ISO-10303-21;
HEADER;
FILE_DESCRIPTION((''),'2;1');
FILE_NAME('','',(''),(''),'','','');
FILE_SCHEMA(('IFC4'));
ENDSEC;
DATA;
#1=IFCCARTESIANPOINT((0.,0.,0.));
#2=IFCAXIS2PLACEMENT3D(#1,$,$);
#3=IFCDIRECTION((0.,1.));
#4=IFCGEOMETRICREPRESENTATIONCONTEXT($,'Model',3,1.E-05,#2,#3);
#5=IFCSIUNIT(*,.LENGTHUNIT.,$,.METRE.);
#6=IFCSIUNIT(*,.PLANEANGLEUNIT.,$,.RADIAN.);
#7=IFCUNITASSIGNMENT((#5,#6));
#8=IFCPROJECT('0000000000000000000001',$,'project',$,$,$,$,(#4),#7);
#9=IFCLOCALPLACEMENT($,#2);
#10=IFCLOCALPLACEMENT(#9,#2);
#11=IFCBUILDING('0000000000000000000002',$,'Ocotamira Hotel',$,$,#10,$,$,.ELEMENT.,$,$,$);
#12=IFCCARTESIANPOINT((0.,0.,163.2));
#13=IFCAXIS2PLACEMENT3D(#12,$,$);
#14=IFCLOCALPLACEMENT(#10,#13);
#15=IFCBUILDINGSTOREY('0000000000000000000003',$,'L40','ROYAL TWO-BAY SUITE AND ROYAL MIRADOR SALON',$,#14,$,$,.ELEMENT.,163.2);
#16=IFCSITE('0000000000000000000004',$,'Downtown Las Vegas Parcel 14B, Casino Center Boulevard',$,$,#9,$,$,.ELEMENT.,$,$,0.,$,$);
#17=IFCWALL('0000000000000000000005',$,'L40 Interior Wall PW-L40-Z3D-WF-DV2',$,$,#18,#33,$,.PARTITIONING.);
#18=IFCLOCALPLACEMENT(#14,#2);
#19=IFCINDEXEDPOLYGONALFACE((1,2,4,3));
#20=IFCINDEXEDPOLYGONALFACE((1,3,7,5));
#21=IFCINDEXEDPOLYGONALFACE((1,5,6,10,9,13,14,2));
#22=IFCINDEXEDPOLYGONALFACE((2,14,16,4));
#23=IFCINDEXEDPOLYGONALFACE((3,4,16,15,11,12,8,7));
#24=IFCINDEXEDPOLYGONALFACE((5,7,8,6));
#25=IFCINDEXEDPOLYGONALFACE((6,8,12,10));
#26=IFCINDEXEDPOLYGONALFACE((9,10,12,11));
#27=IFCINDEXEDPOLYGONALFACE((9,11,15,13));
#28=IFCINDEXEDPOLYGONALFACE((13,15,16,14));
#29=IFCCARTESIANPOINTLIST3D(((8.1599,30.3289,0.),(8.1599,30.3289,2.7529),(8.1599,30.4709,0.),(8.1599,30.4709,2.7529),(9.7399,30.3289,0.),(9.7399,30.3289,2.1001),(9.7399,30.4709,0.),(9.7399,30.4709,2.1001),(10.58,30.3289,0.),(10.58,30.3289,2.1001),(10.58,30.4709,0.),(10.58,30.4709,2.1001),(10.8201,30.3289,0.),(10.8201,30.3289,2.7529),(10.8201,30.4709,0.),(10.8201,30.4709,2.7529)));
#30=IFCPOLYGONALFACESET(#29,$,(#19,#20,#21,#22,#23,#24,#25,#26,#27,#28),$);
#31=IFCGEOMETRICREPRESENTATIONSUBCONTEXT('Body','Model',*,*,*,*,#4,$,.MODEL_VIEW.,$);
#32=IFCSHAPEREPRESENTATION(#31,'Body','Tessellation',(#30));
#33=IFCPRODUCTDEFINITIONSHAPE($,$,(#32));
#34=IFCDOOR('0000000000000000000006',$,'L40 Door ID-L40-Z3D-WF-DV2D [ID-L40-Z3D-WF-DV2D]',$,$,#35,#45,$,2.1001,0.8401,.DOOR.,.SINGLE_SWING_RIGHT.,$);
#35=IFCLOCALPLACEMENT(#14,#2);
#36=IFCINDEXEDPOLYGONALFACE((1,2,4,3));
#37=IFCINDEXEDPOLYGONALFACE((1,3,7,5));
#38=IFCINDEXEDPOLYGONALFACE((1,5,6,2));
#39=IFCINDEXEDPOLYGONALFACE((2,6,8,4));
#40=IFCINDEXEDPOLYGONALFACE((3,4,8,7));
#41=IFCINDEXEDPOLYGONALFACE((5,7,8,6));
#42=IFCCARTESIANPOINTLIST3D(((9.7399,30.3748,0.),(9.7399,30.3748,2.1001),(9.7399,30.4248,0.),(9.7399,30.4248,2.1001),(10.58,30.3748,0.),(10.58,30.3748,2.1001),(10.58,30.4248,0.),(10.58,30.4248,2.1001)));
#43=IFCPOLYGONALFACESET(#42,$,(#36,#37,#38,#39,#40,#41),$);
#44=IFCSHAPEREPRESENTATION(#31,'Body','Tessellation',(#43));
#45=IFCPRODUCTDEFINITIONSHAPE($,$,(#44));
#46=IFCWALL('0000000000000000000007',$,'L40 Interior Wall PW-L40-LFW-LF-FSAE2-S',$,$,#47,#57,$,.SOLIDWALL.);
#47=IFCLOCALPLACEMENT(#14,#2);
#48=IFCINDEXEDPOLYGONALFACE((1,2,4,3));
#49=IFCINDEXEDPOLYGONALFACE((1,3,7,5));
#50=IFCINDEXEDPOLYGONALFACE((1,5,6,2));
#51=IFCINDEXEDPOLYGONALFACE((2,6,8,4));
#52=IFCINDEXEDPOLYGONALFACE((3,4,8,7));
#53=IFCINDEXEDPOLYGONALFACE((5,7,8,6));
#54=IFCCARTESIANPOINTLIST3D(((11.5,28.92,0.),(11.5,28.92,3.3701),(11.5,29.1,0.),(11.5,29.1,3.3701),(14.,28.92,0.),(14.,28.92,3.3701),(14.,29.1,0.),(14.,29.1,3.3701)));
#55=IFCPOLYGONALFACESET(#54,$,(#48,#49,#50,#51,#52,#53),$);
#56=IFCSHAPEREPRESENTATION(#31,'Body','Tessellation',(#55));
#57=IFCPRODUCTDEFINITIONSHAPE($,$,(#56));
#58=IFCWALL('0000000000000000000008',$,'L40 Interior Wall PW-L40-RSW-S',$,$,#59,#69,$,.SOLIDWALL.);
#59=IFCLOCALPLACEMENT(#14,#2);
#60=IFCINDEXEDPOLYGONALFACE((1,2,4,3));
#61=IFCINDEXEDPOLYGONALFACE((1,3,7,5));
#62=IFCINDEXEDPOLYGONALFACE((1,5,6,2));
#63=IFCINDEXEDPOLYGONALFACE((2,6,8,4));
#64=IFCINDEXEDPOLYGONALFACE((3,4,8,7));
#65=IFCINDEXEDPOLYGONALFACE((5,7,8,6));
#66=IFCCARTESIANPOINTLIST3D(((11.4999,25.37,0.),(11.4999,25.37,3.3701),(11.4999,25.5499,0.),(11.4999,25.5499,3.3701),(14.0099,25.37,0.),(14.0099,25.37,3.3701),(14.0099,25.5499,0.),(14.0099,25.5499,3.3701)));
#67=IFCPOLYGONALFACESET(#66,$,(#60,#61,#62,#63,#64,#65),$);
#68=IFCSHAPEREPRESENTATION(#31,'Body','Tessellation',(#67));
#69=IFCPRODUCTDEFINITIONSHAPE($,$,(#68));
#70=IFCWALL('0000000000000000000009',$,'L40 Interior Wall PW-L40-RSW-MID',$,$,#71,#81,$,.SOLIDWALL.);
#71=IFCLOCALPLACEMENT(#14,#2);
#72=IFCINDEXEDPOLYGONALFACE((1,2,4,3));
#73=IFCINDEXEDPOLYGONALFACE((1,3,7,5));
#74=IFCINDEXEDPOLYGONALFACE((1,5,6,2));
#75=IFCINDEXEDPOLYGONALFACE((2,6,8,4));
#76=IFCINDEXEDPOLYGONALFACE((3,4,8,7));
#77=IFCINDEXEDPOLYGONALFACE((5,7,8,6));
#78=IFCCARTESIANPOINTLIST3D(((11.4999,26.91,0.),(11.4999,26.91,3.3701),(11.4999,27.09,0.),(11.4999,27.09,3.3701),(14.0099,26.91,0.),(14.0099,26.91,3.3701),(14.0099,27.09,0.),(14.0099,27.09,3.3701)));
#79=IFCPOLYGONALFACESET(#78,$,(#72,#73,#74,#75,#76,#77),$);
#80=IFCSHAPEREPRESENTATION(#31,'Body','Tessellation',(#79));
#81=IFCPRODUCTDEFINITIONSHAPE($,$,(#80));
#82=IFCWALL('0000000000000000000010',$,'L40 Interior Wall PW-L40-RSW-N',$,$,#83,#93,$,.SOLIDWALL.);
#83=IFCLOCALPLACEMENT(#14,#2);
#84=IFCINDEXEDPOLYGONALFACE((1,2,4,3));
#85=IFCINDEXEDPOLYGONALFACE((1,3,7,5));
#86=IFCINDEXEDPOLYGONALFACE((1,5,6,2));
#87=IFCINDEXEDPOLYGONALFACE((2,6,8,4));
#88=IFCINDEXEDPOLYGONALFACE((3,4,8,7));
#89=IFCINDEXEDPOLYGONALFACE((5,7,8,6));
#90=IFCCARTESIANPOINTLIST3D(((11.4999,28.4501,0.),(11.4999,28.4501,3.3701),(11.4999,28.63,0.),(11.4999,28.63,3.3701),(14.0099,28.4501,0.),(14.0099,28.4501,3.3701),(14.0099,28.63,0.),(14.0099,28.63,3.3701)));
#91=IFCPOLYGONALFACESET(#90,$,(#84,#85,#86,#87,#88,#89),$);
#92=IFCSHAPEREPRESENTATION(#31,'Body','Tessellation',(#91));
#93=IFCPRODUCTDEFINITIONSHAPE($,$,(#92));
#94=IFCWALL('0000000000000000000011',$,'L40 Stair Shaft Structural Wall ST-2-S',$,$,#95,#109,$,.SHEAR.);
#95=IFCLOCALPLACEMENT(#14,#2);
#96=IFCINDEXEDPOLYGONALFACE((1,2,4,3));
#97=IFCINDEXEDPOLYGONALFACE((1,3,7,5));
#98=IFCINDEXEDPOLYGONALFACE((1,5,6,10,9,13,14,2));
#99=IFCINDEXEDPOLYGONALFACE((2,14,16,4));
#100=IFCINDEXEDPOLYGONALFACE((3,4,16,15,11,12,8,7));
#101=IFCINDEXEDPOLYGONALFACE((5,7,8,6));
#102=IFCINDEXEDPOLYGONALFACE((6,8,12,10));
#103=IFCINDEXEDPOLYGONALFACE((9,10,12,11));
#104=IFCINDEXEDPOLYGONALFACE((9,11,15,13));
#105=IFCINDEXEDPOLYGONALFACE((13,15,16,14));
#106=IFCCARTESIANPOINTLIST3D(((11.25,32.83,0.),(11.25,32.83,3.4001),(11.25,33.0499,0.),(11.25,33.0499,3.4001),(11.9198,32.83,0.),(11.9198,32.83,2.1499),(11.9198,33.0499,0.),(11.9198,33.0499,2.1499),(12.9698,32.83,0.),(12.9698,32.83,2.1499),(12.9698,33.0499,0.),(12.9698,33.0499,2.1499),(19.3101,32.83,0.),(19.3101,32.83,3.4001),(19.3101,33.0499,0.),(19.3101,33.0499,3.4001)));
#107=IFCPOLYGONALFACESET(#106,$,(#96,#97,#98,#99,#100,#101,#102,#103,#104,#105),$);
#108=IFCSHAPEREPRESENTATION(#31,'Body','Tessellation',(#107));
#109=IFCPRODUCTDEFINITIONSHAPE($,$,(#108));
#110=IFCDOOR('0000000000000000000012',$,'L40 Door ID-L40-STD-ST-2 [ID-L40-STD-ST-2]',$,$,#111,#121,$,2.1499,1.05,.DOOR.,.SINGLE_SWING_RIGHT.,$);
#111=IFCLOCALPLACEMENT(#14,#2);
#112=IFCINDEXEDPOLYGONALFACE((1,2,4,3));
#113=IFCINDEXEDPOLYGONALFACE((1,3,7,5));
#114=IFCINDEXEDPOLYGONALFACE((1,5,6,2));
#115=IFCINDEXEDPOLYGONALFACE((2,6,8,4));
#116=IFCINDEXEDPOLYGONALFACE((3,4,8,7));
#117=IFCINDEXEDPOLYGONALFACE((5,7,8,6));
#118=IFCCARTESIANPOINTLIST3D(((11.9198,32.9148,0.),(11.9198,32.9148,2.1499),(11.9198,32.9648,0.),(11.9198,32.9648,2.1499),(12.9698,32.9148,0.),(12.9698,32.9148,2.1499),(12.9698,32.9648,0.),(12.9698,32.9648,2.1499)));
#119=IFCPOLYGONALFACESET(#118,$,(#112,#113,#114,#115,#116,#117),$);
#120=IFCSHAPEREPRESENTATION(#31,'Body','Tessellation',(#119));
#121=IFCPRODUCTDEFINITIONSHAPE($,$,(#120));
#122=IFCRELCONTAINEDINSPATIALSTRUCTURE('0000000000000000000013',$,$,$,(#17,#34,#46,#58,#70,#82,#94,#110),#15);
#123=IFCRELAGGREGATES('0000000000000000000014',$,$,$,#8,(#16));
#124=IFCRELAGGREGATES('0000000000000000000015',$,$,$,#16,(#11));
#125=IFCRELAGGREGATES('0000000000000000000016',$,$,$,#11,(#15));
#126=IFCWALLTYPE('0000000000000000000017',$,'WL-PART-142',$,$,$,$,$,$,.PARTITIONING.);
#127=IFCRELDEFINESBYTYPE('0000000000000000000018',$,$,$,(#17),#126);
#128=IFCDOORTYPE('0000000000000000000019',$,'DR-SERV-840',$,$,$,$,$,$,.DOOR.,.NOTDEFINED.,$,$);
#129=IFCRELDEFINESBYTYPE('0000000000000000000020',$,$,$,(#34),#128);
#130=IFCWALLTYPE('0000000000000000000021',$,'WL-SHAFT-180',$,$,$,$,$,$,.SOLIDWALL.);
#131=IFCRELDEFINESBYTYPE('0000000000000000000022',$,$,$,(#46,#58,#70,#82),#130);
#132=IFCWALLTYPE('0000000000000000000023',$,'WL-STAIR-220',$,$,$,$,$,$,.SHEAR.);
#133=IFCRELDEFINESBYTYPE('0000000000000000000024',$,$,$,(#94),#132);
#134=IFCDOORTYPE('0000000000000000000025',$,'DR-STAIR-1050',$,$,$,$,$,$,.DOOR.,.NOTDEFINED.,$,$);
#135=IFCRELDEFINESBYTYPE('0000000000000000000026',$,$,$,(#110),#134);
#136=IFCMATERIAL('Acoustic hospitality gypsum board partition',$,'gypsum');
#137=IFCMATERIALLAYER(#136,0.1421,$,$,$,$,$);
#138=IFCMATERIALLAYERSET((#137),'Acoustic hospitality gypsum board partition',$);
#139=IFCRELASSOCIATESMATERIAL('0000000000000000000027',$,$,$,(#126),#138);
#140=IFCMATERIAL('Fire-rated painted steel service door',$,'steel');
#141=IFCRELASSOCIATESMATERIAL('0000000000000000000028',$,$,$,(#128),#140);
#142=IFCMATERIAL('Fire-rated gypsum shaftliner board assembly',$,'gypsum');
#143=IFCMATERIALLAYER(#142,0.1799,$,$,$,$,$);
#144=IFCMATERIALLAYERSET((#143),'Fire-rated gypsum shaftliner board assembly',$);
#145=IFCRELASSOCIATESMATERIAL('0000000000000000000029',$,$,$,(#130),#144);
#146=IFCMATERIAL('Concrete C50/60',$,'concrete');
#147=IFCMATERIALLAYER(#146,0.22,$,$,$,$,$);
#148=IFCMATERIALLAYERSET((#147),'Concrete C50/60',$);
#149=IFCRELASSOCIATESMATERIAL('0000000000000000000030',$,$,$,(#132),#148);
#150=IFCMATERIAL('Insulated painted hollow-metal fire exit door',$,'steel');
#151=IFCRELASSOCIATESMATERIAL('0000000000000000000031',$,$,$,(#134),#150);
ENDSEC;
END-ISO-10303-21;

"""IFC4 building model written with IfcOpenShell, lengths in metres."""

from ifc_helpers import new_model, si_unit, direction, frame, frame_2d, origin, place, context, subcontext, project, spatial, rectangle, extrude, source, transform, mapped, material, layer, layer_set, type_object, element, fill, save


model = new_model("IFC4")

# Units and contexts
model_context = context("Model", 3, precision=1e-05, world=origin(), true_north=direction((0.0, 1.0)))
body_context = subcontext(model_context, "Body", "Model", "MODEL_VIEW")
ifc_project = project(units=[si_unit("LENGTHUNIT", "METRE"), si_unit("PLANEANGLEUNIT", "RADIAN")], contexts=[model_context])

# Site, building, storey
site_placement = place(None, origin())
site = spatial("IfcSite", under=ifc_project, at=site_placement, Name="Downtown Las Vegas Parcel 14B, Casino Center Boulevard", CompositionType="ELEMENT", RefElevation=0.0)
building_placement = place(site_placement, origin())
building = spatial("IfcBuilding", under=site, at=building_placement, Name="Ocotamira Hotel", CompositionType="ELEMENT")
storey_placement = place(building_placement, frame((0.0, 0.0, 163.2)))
storey = spatial("IfcBuildingStorey", under=building, at=storey_placement, Name="L40", Description="ROYAL TWO-BAY SUITE AND ROYAL MIRADOR SALON", CompositionType="ELEMENT", Elevation=163.2)

# Wall, opening, door
ifc_material_1 = material(Name="Acoustic hospitality gypsum board partition", Category="gypsum")
ifc_layer_1 = layer(ifc_material_1, 0.1421)
ifc_layer_set_1 = layer_set([ifc_layer_1], Name="Acoustic hospitality gypsum board partition")
wall_type_1 = type_object("IfcWallType", Name="WL-PART-142", PredefinedType="PARTITIONING", material=ifc_layer_set_1)
wall_1_placement = place(storey_placement, frame((8.1599, 30.3999, 0.0), z_axis=(0.0, 0.0, 1.0), x_axis=(1.0, 0.0, 0.0)))
wall_1 = element("IfcWall", 1, at=wall_1_placement, inside=storey, type_object=wall_type_1, Name="L40 Interior Wall PW-L40-Z3D-WF-DV2", PredefinedType="PARTITIONING", context=body_context, shape_type="SweptSolid", body=[
    extrude(rectangle(XDim=2.6602, YDim=0.1421, at=frame_2d((1.3301, 0.0))), origin(), (0.0, 0.0, 1.0), 2.7529),
])
opening_1_placement = place(wall_1_placement, frame((1.5801, 0.0, 0.0)))
opening_1 = element("IfcOpeningElement", 2, at=opening_1_placement, cuts=wall_1, PredefinedType="OPENING", context=body_context, shape_type="SweptSolid", body=[
    extrude(rectangle(XDim=0.8401, YDim=2.1001, at=frame_2d((0.4199, 1.05))), frame((0.0, 0.0811, 0.0), z_axis=(0.0, -1.0, 0.0), x_axis=(1.0, 0.0, 0.0)), (0.0, 0.0, 1.0), 0.1621),
])
ifc_material_2 = material(Name="Fire-rated painted steel service door", Category="steel")
door_type_1 = type_object("IfcDoorType", Name="DR-SERV-840", OperationType="NOTDEFINED", PredefinedType="DOOR", material=ifc_material_2)
shared_shape_1 = source(origin(), body_context, "Body", "SweptSolid", [
    extrude(rectangle(XDim=0.8401, YDim=2.1001, at=frame_2d((0.4199, 1.05))), frame((0.0, 0.0249, 0.0), z_axis=(0.0, -1.0, 0.0), x_axis=(1.0, 0.0, 0.0)), (0.0, 0.0, 1.0), 0.05),
])
door_1_placement = place(opening_1_placement, origin())
door_1 = element("IfcDoor", 3, at=door_1_placement, inside=storey, type_object=door_type_1, Name="L40 Door ID-L40-Z3D-WF-DV2D [ID-L40-Z3D-WF-DV2D]", OperationType="SINGLE_SWING_RIGHT", OverallHeight=2.1001, OverallWidth=0.8401, PredefinedType="DOOR", context=body_context, shape_type="MappedRepresentation", body=[
    mapped(shared_shape_1, transform((0.0, 0.0, 0.0), scale=1.0)),
])
fill(opening_1, door_1)

# Walls
ifc_material_3 = material(Name="Fire-rated gypsum shaftliner board assembly", Category="gypsum")
ifc_layer_2 = layer(ifc_material_3, 0.1799)
ifc_layer_set_2 = layer_set([ifc_layer_2], Name="Fire-rated gypsum shaftliner board assembly")
wall_type_2 = type_object("IfcWallType", Name="WL-SHAFT-180", PredefinedType="SOLIDWALL", material=ifc_layer_set_2)
wall_2_placement = place(storey_placement, frame((11.5, 29.01, 0.0), z_axis=(0.0, 0.0, 1.0), x_axis=(1.0, 0.0, 0.0)))
element("IfcWall", 4, at=wall_2_placement, inside=storey, type_object=wall_type_2, Name="L40 Interior Wall PW-L40-LFW-LF-FSAE2-S", PredefinedType="SOLIDWALL", context=body_context, shape_type="SweptSolid", body=[
    extrude(rectangle(XDim=2.5, YDim=0.1799, at=frame_2d((1.25, 0.0))), origin(), (0.0, 0.0, 1.0), 3.3701),
])
for number, where, z_axis, x_axis, name in (
    (5, (11.5, 25.46, 0.0), (0.0, 0.0, 1.0), (1.0, 0.0, 0.0), "L40 Interior Wall PW-L40-RSW-S"),
    (6, (11.5, 27.0, 0.0), (0.0, 0.0, 1.0), (1.0, 0.0, 0.0), "L40 Interior Wall PW-L40-RSW-MID"),
    (7, (11.5, 28.54, 0.0), (0.0, 0.0, 1.0), (1.0, 0.0, 0.0), "L40 Interior Wall PW-L40-RSW-N"),
):
    element("IfcWall", number, at=place(storey_placement, frame(where, z_axis=z_axis, x_axis=x_axis)), inside=storey, type_object=wall_type_2, Name=name, PredefinedType="SOLIDWALL", context=body_context, shape_type="SweptSolid", body=[
        extrude(rectangle(XDim=2.51, YDim=0.1799, at=frame_2d((1.2549, 0.0))), origin(), (0.0, 0.0, 1.0), 3.3701),
    ])

# Wall, opening, door
ifc_material_4 = material(Name="Concrete C50/60", Category="concrete")
ifc_layer_3 = layer(ifc_material_4, 0.22)
ifc_layer_set_3 = layer_set([ifc_layer_3], Name="Concrete C50/60")
wall_type_3 = type_object("IfcWallType", Name="WL-STAIR-220", PredefinedType="SHEAR", material=ifc_layer_set_3)
wall_3_placement = place(storey_placement, frame((11.25, 32.9399, 0.0), z_axis=(0.0, 0.0, 1.0), x_axis=(1.0, 0.0, 0.0)))
wall_3 = element("IfcWall", 8, at=wall_3_placement, inside=storey, type_object=wall_type_3, Name="L40 Stair Shaft Structural Wall ST-2-S", PredefinedType="SHEAR", context=body_context, shape_type="SweptSolid", body=[
    extrude(rectangle(XDim=8.0601, YDim=0.22, at=frame_2d((4.03, 0.0))), origin(), (0.0, 0.0, 1.0), 3.4001),
])
opening_2_placement = place(wall_3_placement, frame((0.6699, 0.0, 0.0)))
opening_2 = element("IfcOpeningElement", 9, at=opening_2_placement, cuts=wall_3, PredefinedType="OPENING", context=body_context, shape_type="SweptSolid", body=[
    extrude(rectangle(XDim=1.05, YDim=2.1499, at=frame_2d((0.5249, 1.075))), frame((0.0, 0.1201, 0.0), z_axis=(0.0, -1.0, 0.0), x_axis=(1.0, 0.0, 0.0)), (0.0, 0.0, 1.0), 0.24),
])
ifc_material_5 = material(Name="Insulated painted hollow-metal fire exit door", Category="steel")
door_type_2 = type_object("IfcDoorType", Name="DR-STAIR-1050", OperationType="NOTDEFINED", PredefinedType="DOOR", material=ifc_material_5)
shared_shape_2 = source(origin(), body_context, "Body", "SweptSolid", [
    extrude(rectangle(XDim=1.05, YDim=2.1499, at=frame_2d((0.5249, 1.075))), frame((0.0, 0.0249, 0.0), z_axis=(0.0, -1.0, 0.0), x_axis=(1.0, 0.0, 0.0)), (0.0, 0.0, 1.0), 0.05),
])
door_2_placement = place(opening_2_placement, origin())
door_2 = element("IfcDoor", 10, at=door_2_placement, inside=storey, type_object=door_type_2, Name="L40 Door ID-L40-STD-ST-2 [ID-L40-STD-ST-2]", OperationType="SINGLE_SWING_RIGHT", OverallHeight=2.1499, OverallWidth=1.05, PredefinedType="DOOR", context=body_context, shape_type="MappedRepresentation", body=[
    mapped(shared_shape_2, transform((0.0, 0.0, 0.0), scale=1.0)),
])
fill(opening_2, door_2)

save(model, "model.ifc")
